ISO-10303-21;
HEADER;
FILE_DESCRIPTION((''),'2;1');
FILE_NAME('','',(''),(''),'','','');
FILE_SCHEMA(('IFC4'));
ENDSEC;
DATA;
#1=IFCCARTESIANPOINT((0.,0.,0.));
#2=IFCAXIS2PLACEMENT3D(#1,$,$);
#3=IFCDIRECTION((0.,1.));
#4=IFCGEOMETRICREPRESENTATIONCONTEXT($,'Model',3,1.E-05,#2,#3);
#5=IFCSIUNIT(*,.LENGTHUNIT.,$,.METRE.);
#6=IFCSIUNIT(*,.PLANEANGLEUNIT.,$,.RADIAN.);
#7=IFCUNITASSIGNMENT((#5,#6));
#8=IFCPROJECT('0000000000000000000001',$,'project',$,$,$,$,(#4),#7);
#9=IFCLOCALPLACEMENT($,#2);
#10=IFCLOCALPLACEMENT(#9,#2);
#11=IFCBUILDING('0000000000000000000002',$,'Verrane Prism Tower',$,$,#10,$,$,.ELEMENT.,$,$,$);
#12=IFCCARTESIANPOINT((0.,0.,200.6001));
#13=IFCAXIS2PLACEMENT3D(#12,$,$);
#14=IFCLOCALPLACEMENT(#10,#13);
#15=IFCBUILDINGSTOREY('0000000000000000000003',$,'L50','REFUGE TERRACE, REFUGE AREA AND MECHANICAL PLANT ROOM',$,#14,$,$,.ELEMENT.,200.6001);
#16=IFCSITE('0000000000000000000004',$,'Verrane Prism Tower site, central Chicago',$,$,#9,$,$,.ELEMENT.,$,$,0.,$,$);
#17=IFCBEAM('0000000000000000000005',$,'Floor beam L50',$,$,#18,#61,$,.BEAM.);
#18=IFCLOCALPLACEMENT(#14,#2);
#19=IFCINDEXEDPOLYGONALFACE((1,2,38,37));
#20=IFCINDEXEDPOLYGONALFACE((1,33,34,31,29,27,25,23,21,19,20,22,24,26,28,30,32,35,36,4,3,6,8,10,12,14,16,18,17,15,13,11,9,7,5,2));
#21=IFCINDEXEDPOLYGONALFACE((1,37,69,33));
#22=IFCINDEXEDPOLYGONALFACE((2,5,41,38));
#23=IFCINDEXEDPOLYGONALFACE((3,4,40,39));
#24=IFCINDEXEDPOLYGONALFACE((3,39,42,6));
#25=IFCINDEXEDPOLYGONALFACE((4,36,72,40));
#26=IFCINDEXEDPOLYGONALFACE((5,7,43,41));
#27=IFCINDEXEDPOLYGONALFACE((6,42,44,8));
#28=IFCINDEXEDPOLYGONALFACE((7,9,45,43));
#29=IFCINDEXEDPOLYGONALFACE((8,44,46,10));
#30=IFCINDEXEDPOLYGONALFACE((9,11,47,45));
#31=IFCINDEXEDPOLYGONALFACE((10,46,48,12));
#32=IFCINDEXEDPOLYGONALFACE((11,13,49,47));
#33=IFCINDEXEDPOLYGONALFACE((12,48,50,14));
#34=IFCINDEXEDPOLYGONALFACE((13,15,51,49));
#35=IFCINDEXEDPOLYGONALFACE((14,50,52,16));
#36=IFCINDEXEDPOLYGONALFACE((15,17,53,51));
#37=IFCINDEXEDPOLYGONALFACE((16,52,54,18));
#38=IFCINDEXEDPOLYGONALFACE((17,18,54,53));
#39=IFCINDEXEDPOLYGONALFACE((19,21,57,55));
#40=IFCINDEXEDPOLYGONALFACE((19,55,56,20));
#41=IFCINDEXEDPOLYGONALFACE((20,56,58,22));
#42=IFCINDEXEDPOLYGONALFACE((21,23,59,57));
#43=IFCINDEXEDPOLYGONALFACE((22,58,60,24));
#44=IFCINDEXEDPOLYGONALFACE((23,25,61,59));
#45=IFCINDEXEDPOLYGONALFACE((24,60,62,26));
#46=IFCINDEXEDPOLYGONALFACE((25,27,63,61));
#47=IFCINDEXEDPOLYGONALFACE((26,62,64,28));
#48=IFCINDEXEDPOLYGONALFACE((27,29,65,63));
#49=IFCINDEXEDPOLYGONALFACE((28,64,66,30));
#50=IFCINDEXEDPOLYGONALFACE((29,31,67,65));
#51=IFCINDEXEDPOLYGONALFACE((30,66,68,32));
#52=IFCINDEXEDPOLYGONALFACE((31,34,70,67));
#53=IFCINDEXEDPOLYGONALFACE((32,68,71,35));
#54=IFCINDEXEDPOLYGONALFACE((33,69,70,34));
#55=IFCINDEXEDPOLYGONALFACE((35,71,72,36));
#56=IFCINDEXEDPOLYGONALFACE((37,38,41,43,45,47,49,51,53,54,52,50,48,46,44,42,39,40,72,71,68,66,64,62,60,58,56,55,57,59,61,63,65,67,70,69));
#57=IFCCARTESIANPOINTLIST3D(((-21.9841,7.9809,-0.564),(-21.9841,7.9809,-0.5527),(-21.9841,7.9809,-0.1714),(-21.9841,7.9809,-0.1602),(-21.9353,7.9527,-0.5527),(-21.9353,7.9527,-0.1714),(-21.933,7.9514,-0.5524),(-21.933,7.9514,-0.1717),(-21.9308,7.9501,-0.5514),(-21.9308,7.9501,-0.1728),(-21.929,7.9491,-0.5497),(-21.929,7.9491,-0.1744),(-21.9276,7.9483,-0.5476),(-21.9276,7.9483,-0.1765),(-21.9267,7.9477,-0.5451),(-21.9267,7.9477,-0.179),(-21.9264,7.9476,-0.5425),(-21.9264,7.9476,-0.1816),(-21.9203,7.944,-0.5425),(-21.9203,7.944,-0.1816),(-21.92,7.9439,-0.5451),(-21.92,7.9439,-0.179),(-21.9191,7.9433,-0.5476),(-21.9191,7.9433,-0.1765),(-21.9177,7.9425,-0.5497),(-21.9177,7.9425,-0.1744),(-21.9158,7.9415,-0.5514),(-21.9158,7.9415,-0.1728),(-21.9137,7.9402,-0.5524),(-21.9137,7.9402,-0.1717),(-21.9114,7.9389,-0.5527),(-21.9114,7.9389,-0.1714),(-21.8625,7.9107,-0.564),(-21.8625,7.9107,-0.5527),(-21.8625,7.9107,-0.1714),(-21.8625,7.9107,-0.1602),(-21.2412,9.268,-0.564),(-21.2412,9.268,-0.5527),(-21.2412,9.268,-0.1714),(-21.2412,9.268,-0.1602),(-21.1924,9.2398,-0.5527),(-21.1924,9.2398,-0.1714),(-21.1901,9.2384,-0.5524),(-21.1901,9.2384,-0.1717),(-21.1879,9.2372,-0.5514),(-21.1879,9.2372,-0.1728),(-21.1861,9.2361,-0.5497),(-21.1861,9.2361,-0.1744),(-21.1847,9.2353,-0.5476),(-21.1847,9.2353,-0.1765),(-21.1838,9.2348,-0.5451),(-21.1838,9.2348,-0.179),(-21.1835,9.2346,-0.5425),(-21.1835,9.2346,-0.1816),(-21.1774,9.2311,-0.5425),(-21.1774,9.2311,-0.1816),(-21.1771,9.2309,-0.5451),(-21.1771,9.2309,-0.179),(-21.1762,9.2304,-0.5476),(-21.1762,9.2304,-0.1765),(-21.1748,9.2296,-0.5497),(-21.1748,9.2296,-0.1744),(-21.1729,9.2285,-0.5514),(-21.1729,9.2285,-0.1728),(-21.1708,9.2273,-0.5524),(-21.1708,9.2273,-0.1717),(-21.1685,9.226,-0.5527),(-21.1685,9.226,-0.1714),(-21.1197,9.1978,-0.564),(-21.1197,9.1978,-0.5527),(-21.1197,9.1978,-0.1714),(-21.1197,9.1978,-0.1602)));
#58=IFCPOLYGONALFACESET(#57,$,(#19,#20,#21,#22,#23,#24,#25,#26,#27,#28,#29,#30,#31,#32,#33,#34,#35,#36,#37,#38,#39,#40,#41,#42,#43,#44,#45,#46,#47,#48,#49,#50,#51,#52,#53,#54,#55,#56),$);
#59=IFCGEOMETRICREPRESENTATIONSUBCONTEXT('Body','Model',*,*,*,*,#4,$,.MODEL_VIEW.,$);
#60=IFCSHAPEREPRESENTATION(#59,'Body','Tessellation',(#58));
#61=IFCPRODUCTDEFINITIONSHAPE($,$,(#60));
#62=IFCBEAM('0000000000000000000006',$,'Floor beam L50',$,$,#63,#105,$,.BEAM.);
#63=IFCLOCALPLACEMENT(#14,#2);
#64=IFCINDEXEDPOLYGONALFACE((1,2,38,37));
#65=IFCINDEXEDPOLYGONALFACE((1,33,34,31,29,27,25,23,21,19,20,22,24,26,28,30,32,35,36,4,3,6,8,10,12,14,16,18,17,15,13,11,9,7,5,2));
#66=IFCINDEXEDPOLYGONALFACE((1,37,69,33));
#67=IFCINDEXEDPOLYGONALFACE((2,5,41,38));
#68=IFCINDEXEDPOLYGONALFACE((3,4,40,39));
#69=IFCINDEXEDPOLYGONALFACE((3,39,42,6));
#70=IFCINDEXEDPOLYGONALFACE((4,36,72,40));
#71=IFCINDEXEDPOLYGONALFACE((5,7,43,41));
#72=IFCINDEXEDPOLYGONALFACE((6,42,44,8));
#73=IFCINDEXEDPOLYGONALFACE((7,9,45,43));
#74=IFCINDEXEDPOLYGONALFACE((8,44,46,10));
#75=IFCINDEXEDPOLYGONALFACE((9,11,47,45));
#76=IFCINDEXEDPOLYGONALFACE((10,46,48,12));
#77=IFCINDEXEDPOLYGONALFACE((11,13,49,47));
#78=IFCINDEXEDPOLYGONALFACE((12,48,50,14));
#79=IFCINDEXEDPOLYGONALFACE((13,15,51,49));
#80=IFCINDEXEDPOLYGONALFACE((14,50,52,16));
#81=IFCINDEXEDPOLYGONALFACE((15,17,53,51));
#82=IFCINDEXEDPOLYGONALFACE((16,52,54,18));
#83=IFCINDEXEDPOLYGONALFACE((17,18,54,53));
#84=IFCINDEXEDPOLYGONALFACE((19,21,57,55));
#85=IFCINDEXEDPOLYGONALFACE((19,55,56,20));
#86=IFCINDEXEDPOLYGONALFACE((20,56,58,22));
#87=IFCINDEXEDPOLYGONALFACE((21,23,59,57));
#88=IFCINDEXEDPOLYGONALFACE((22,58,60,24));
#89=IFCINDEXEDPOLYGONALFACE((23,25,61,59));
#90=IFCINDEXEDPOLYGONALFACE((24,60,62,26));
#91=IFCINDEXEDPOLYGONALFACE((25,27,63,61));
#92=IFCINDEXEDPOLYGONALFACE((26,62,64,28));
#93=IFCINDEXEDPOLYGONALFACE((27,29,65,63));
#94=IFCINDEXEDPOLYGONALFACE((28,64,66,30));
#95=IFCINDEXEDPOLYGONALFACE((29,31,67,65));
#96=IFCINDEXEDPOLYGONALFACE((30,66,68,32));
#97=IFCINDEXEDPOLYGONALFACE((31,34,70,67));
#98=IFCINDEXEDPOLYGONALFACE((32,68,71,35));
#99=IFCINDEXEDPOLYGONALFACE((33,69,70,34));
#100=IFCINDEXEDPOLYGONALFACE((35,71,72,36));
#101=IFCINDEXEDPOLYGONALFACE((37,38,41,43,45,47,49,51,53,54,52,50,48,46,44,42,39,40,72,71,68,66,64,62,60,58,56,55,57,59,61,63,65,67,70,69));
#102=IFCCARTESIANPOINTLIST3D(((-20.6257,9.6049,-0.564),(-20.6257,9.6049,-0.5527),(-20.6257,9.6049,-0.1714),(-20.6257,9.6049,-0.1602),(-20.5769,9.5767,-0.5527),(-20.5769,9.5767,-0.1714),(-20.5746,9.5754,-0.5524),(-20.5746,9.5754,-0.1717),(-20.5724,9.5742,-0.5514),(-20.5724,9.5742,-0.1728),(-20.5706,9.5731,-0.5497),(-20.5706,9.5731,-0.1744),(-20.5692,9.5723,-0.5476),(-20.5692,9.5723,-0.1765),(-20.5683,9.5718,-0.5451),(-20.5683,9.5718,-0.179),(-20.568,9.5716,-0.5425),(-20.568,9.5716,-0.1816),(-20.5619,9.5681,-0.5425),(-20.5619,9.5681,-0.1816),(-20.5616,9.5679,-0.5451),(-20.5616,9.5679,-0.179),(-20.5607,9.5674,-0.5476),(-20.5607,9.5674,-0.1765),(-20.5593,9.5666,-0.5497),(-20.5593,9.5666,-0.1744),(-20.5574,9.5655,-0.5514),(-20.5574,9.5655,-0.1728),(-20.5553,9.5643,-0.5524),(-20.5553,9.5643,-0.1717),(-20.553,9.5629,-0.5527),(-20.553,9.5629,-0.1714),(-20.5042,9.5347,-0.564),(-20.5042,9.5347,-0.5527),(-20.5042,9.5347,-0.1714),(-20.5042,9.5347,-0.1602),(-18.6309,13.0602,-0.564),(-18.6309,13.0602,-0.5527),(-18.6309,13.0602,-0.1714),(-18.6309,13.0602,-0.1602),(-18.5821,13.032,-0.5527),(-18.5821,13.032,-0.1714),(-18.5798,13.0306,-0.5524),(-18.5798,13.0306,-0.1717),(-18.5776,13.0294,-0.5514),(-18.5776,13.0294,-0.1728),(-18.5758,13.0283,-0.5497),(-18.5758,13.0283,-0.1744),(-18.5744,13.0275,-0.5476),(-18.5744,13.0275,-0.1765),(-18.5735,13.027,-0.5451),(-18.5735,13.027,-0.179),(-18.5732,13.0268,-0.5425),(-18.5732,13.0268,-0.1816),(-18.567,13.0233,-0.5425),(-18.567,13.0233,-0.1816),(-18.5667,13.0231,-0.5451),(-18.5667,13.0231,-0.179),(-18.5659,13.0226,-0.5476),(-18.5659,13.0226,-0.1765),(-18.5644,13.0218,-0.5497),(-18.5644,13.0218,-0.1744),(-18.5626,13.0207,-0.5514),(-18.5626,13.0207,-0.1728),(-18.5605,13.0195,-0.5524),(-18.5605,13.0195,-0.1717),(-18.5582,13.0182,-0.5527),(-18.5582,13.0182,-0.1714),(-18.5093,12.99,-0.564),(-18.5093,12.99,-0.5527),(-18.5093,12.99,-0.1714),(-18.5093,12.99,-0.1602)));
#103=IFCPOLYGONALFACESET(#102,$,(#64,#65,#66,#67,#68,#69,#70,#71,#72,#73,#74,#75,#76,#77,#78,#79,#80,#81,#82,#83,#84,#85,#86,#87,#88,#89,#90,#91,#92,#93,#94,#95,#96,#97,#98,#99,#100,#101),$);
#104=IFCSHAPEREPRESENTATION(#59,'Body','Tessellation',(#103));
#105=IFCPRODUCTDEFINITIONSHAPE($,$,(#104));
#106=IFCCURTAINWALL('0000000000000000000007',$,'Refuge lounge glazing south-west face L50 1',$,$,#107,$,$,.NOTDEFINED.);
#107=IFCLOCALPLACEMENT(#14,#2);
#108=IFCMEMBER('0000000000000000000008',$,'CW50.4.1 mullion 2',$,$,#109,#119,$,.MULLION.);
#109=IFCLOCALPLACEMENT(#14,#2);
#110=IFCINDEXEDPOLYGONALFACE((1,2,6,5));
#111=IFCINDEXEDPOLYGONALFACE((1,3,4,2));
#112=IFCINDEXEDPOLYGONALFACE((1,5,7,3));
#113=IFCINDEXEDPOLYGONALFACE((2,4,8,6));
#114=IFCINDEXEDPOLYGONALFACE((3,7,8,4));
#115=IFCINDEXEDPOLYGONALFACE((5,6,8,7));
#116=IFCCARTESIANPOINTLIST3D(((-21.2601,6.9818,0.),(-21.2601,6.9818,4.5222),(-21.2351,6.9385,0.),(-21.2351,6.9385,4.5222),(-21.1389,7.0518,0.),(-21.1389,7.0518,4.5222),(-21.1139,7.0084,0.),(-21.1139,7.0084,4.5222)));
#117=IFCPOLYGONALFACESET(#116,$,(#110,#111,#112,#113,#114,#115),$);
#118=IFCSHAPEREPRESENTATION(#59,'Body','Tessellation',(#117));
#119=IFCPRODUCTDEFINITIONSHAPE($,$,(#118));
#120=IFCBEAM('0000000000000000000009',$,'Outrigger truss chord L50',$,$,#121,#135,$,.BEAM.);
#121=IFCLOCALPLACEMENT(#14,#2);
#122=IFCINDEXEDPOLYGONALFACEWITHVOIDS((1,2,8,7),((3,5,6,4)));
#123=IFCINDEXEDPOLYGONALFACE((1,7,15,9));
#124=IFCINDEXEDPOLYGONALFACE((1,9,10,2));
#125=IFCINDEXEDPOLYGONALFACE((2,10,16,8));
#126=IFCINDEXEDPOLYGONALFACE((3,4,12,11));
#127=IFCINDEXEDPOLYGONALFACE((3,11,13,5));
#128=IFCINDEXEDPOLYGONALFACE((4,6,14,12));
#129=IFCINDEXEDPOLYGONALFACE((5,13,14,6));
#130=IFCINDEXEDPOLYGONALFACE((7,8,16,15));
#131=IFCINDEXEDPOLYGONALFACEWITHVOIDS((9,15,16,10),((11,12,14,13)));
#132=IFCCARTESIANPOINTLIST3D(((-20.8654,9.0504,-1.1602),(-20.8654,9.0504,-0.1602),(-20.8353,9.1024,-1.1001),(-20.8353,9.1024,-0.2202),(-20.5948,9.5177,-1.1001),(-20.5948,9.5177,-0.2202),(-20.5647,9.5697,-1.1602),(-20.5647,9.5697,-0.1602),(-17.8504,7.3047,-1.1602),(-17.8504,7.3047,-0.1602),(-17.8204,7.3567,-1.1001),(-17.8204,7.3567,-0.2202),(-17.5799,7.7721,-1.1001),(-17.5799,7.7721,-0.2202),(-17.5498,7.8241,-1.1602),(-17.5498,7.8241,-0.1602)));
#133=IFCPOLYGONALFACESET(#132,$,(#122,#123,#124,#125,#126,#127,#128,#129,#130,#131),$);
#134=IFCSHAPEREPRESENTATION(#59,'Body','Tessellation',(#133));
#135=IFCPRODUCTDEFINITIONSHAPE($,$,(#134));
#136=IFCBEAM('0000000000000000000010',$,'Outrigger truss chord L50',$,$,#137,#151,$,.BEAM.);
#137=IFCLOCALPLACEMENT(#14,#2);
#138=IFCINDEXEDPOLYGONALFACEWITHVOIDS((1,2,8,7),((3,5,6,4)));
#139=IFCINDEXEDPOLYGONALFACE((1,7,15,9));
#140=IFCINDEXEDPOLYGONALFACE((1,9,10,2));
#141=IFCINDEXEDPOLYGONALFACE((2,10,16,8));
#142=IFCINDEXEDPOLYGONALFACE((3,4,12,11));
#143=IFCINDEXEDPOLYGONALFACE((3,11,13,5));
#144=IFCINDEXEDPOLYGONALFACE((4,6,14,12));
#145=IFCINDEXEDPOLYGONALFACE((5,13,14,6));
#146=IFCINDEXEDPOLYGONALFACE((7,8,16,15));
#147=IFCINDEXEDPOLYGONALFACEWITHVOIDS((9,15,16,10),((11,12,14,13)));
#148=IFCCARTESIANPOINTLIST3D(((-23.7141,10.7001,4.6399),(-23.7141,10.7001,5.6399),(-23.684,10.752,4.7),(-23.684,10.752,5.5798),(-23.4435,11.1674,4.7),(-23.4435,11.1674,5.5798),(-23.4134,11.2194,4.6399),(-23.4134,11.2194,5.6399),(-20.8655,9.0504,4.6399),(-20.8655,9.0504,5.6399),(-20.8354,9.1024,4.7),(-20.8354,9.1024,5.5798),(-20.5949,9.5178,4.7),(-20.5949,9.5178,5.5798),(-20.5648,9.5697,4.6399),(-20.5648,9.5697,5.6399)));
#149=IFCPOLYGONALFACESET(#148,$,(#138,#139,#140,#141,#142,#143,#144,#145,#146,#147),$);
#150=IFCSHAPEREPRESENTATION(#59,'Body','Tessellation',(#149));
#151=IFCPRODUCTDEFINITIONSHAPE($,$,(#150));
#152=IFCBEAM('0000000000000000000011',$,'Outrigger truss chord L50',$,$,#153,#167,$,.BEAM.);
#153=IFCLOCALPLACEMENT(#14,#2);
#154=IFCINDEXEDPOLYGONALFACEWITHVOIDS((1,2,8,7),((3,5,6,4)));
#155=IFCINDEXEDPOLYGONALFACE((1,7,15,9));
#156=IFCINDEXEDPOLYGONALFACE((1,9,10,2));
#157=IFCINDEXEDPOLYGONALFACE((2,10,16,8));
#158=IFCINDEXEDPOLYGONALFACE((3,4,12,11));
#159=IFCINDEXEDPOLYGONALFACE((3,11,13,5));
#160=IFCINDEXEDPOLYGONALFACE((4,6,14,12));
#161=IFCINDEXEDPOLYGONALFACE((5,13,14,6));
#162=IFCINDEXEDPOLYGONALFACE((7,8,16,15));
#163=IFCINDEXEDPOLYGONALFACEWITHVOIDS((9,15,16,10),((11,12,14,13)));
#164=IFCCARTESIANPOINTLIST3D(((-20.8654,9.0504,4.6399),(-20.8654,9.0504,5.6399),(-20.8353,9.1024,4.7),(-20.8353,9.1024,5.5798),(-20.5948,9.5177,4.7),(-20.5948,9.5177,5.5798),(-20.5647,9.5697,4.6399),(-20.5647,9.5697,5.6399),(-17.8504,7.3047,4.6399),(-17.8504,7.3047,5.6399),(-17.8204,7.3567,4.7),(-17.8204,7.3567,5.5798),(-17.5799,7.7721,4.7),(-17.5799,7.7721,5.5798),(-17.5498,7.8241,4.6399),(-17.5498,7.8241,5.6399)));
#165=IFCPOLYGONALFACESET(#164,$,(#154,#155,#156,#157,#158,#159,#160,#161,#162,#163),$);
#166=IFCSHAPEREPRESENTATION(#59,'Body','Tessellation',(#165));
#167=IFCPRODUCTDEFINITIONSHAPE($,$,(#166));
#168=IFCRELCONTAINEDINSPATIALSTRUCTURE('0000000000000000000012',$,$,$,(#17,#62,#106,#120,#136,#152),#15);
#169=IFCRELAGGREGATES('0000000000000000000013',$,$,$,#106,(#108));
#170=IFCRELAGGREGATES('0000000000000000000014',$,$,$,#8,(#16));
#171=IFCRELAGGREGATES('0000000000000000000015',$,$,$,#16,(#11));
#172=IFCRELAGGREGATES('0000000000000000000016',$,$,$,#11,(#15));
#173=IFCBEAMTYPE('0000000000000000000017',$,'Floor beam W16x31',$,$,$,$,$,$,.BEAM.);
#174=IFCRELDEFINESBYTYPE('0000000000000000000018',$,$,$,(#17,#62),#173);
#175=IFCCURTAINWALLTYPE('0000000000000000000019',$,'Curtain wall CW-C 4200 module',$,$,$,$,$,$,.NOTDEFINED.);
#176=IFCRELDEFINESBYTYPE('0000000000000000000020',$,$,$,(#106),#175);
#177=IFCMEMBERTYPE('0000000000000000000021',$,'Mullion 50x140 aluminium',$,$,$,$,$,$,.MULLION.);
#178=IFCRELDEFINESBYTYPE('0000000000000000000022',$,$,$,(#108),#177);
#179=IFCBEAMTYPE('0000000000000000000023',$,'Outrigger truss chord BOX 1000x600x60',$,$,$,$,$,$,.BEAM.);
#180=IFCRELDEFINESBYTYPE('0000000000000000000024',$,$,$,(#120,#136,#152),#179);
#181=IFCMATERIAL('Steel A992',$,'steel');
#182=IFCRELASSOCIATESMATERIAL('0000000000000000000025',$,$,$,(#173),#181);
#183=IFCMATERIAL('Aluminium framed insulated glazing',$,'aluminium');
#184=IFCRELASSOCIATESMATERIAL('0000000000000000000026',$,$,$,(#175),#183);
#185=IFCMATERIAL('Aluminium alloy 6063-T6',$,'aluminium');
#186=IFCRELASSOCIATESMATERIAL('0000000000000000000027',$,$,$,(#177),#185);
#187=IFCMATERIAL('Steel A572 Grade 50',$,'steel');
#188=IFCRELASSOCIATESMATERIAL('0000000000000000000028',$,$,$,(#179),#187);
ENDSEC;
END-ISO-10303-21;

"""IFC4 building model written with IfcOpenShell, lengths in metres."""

from ifc_helpers import new_model, si_unit, direction, frame, origin, origin_2d, place, context, subcontext, project, spatial, rectangle, hollow_rectangle, i_section, extrude, material, material_profile, profile_set, type_object, element, aggregate, save


model = new_model("IFC4")

# Units and contexts
model_context = context("Model", 3, precision=1e-05, world=origin(), true_north=direction((0.0, 1.0)))
body_context = subcontext(model_context, "Body", "Model", "MODEL_VIEW")
ifc_project = project(units=[si_unit("LENGTHUNIT", "METRE"), si_unit("PLANEANGLEUNIT", "RADIAN")], contexts=[model_context])

# Site, building, storey
site_placement = place(None, origin())
site = spatial("IfcSite", under=ifc_project, at=site_placement, Name="Verrane Prism Tower site, central Chicago", CompositionType="ELEMENT", RefElevation=0.0)
building_placement = place(site_placement, origin())
building = spatial("IfcBuilding", under=site, at=building_placement, Name="Verrane Prism Tower", CompositionType="ELEMENT")
storey_placement = place(building_placement, frame((0.0, 0.0, 200.6001)))
storey = spatial("IfcBuildingStorey", under=building, at=storey_placement, Name="L50", Description="REFUGE TERRACE, REFUGE AREA AND MECHANICAL PLANT ROOM", CompositionType="ELEMENT", Elevation=200.6001)

# Beams
ifc_material_1 = material(Name="Steel A992", Category="steel")
ifc_material_profile_1 = material_profile(ifc_material_1, i_section(OverallWidth=0.1404, OverallDepth=0.4038, WebThickness=0.0071, FlangeThickness=0.0112, FilletRadius=0.0103, at=origin_2d()), Name="W16x31")
ifc_profile_set_1 = profile_set([ifc_material_profile_1], Name="Steel A992")
beam_type_1 = type_object("IfcBeamType", Name="Floor beam W16x31", PredefinedType="BEAM", material=ifc_profile_set_1)
beam_1_placement = place(storey_placement, frame((-21.9233, 7.9458, -0.3621), z_axis=(0.499903, 0.866082, 0.0), x_axis=(-0.866082, 0.499903, 0.0)))
element("IfcBeam", 1, at=beam_1_placement, inside=storey, type_object=beam_type_1, Name="Floor beam L50", PredefinedType="BEAM", context=body_context, shape_type="SweptSolid", body=[
    extrude(i_section(OverallWidth=0.1404, OverallDepth=0.4038, WebThickness=0.0071, FlangeThickness=0.0112, FilletRadius=0.0103, at=origin_2d()), origin(), (0.0, 0.0, 1.0), 1.4861),
])
beam_2_placement = place(storey_placement, frame((-20.5649, 9.5698, -0.3621), z_axis=(0.499989, 0.866032, 0.0), x_axis=(-0.866032, 0.499989, 0.0)))
element("IfcBeam", 2, at=beam_2_placement, inside=storey, type_object=beam_type_1, Name="Floor beam L50", PredefinedType="BEAM", context=body_context, shape_type="SweptSolid", body=[
    extrude(i_section(OverallWidth=0.1404, OverallDepth=0.4038, WebThickness=0.0071, FlangeThickness=0.0112, FilletRadius=0.0103, at=origin_2d()), origin(), (0.0, 0.0, 1.0), 3.9897),
])

# Curtain wall, member
ifc_material_2 = material(Name="Aluminium framed insulated glazing", Category="aluminium")
curtain_wall_type = type_object("IfcCurtainWallType", Name="Curtain wall CW-C 4200 module", PredefinedType="NOTDEFINED", material=ifc_material_2)
curtain_wall_placement = place(storey_placement, origin())
curtain_wall = element("IfcCurtainWall", 3, at=curtain_wall_placement, inside=storey, type_object=curtain_wall_type, Name="Refuge lounge glazing south-west face L50 1", PredefinedType="NOTDEFINED")
ifc_material_3 = material(Name="Aluminium alloy 6063-T6", Category="aluminium")
ifc_material_profile_2 = material_profile(ifc_material_3, rectangle(XDim=0.1399, YDim=0.05, at=origin_2d()), Name="Mullion 50x140 aluminium")
ifc_profile_set_2 = profile_set([ifc_material_profile_2], Name="Aluminium alloy 6063-T6")
member_type_1 = type_object("IfcMemberType", Name="Mullion 50x140 aluminium", PredefinedType="MULLION", material=ifc_profile_set_2)
member_1_placement = place(storey_placement, frame((-21.187, 6.9951, 0.0), z_axis=(0.0, 0.0, 1.0), x_axis=(0.866024, 0.500003, 0.0)))
member_1 = element("IfcMember", 4, at=member_1_placement, type_object=member_type_1, Name="CW50.4.1 mullion 2", PredefinedType="MULLION", context=body_context, shape_type="SweptSolid", body=[
    extrude(rectangle(XDim=0.1399, YDim=0.05, at=origin_2d()), origin(), (0.0, 0.0, 1.0), 4.5222),
])

# Beams
ifc_material_4 = material(Name="Steel A572 Grade 50", Category="steel")
ifc_material_profile_3 = material_profile(ifc_material_4, hollow_rectangle(XDim=0.6001, YDim=1.0, WallThickness=0.0601, at=origin_2d()), Name="BOX 1000x600x60")
ifc_profile_set_3 = profile_set([ifc_material_profile_3], Name="Steel A572 Grade 50")
beam_type_2 = type_object("IfcBeamType", Name="Outrigger truss chord BOX 1000x600x60", PredefinedType="BEAM", material=ifc_profile_set_3)
beam_3_placement = place(storey_placement, frame((-20.7151, 9.3101, -0.6602), z_axis=(0.865409, -0.501067, 0.0), x_axis=(0.501067, 0.865409, 0.0)))
element("IfcBeam", 5, at=beam_3_placement, inside=storey, type_object=beam_type_2, Name="Outrigger truss chord L50", PredefinedType="BEAM", context=body_context, shape_type="SweptSolid", body=[
    extrude(hollow_rectangle(XDim=0.6001, YDim=1.0, WallThickness=0.0601, at=origin_2d()), origin(), (0.0, 0.0, 1.0), 3.4839),
])
beam_4_placement = place(storey_placement, frame((-23.5637, 10.9597, 5.1399), z_axis=(0.865367, -0.501139, 0.0), x_axis=(0.501139, 0.865367, 0.0)))
element("IfcBeam", 6, at=beam_4_placement, inside=storey, type_object=beam_type_2, Name="Outrigger truss chord L50", PredefinedType="BEAM", context=body_context, shape_type="SweptSolid", body=[
    extrude(hollow_rectangle(XDim=0.6001, YDim=1.0, WallThickness=0.0601, at=origin_2d()), origin(), (0.0, 0.0, 1.0), 3.2917),
])
beam_5_placement = place(storey_placement, frame((-20.7151, 9.3101, 5.1399), z_axis=(0.865409, -0.501067, 0.0), x_axis=(0.501067, 0.865409, 0.0)))
element("IfcBeam", 7, at=beam_5_placement, inside=storey, type_object=beam_type_2, Name="Outrigger truss chord L50", PredefinedType="BEAM", context=body_context, shape_type="SweptSolid", body=[
    extrude(hollow_rectangle(XDim=0.6001, YDim=1.0, WallThickness=0.0601, at=origin_2d()), origin(), (0.0, 0.0, 1.0), 3.4839),
])

aggregate(curtain_wall, [member_1])

save(model, "model.ifc")
